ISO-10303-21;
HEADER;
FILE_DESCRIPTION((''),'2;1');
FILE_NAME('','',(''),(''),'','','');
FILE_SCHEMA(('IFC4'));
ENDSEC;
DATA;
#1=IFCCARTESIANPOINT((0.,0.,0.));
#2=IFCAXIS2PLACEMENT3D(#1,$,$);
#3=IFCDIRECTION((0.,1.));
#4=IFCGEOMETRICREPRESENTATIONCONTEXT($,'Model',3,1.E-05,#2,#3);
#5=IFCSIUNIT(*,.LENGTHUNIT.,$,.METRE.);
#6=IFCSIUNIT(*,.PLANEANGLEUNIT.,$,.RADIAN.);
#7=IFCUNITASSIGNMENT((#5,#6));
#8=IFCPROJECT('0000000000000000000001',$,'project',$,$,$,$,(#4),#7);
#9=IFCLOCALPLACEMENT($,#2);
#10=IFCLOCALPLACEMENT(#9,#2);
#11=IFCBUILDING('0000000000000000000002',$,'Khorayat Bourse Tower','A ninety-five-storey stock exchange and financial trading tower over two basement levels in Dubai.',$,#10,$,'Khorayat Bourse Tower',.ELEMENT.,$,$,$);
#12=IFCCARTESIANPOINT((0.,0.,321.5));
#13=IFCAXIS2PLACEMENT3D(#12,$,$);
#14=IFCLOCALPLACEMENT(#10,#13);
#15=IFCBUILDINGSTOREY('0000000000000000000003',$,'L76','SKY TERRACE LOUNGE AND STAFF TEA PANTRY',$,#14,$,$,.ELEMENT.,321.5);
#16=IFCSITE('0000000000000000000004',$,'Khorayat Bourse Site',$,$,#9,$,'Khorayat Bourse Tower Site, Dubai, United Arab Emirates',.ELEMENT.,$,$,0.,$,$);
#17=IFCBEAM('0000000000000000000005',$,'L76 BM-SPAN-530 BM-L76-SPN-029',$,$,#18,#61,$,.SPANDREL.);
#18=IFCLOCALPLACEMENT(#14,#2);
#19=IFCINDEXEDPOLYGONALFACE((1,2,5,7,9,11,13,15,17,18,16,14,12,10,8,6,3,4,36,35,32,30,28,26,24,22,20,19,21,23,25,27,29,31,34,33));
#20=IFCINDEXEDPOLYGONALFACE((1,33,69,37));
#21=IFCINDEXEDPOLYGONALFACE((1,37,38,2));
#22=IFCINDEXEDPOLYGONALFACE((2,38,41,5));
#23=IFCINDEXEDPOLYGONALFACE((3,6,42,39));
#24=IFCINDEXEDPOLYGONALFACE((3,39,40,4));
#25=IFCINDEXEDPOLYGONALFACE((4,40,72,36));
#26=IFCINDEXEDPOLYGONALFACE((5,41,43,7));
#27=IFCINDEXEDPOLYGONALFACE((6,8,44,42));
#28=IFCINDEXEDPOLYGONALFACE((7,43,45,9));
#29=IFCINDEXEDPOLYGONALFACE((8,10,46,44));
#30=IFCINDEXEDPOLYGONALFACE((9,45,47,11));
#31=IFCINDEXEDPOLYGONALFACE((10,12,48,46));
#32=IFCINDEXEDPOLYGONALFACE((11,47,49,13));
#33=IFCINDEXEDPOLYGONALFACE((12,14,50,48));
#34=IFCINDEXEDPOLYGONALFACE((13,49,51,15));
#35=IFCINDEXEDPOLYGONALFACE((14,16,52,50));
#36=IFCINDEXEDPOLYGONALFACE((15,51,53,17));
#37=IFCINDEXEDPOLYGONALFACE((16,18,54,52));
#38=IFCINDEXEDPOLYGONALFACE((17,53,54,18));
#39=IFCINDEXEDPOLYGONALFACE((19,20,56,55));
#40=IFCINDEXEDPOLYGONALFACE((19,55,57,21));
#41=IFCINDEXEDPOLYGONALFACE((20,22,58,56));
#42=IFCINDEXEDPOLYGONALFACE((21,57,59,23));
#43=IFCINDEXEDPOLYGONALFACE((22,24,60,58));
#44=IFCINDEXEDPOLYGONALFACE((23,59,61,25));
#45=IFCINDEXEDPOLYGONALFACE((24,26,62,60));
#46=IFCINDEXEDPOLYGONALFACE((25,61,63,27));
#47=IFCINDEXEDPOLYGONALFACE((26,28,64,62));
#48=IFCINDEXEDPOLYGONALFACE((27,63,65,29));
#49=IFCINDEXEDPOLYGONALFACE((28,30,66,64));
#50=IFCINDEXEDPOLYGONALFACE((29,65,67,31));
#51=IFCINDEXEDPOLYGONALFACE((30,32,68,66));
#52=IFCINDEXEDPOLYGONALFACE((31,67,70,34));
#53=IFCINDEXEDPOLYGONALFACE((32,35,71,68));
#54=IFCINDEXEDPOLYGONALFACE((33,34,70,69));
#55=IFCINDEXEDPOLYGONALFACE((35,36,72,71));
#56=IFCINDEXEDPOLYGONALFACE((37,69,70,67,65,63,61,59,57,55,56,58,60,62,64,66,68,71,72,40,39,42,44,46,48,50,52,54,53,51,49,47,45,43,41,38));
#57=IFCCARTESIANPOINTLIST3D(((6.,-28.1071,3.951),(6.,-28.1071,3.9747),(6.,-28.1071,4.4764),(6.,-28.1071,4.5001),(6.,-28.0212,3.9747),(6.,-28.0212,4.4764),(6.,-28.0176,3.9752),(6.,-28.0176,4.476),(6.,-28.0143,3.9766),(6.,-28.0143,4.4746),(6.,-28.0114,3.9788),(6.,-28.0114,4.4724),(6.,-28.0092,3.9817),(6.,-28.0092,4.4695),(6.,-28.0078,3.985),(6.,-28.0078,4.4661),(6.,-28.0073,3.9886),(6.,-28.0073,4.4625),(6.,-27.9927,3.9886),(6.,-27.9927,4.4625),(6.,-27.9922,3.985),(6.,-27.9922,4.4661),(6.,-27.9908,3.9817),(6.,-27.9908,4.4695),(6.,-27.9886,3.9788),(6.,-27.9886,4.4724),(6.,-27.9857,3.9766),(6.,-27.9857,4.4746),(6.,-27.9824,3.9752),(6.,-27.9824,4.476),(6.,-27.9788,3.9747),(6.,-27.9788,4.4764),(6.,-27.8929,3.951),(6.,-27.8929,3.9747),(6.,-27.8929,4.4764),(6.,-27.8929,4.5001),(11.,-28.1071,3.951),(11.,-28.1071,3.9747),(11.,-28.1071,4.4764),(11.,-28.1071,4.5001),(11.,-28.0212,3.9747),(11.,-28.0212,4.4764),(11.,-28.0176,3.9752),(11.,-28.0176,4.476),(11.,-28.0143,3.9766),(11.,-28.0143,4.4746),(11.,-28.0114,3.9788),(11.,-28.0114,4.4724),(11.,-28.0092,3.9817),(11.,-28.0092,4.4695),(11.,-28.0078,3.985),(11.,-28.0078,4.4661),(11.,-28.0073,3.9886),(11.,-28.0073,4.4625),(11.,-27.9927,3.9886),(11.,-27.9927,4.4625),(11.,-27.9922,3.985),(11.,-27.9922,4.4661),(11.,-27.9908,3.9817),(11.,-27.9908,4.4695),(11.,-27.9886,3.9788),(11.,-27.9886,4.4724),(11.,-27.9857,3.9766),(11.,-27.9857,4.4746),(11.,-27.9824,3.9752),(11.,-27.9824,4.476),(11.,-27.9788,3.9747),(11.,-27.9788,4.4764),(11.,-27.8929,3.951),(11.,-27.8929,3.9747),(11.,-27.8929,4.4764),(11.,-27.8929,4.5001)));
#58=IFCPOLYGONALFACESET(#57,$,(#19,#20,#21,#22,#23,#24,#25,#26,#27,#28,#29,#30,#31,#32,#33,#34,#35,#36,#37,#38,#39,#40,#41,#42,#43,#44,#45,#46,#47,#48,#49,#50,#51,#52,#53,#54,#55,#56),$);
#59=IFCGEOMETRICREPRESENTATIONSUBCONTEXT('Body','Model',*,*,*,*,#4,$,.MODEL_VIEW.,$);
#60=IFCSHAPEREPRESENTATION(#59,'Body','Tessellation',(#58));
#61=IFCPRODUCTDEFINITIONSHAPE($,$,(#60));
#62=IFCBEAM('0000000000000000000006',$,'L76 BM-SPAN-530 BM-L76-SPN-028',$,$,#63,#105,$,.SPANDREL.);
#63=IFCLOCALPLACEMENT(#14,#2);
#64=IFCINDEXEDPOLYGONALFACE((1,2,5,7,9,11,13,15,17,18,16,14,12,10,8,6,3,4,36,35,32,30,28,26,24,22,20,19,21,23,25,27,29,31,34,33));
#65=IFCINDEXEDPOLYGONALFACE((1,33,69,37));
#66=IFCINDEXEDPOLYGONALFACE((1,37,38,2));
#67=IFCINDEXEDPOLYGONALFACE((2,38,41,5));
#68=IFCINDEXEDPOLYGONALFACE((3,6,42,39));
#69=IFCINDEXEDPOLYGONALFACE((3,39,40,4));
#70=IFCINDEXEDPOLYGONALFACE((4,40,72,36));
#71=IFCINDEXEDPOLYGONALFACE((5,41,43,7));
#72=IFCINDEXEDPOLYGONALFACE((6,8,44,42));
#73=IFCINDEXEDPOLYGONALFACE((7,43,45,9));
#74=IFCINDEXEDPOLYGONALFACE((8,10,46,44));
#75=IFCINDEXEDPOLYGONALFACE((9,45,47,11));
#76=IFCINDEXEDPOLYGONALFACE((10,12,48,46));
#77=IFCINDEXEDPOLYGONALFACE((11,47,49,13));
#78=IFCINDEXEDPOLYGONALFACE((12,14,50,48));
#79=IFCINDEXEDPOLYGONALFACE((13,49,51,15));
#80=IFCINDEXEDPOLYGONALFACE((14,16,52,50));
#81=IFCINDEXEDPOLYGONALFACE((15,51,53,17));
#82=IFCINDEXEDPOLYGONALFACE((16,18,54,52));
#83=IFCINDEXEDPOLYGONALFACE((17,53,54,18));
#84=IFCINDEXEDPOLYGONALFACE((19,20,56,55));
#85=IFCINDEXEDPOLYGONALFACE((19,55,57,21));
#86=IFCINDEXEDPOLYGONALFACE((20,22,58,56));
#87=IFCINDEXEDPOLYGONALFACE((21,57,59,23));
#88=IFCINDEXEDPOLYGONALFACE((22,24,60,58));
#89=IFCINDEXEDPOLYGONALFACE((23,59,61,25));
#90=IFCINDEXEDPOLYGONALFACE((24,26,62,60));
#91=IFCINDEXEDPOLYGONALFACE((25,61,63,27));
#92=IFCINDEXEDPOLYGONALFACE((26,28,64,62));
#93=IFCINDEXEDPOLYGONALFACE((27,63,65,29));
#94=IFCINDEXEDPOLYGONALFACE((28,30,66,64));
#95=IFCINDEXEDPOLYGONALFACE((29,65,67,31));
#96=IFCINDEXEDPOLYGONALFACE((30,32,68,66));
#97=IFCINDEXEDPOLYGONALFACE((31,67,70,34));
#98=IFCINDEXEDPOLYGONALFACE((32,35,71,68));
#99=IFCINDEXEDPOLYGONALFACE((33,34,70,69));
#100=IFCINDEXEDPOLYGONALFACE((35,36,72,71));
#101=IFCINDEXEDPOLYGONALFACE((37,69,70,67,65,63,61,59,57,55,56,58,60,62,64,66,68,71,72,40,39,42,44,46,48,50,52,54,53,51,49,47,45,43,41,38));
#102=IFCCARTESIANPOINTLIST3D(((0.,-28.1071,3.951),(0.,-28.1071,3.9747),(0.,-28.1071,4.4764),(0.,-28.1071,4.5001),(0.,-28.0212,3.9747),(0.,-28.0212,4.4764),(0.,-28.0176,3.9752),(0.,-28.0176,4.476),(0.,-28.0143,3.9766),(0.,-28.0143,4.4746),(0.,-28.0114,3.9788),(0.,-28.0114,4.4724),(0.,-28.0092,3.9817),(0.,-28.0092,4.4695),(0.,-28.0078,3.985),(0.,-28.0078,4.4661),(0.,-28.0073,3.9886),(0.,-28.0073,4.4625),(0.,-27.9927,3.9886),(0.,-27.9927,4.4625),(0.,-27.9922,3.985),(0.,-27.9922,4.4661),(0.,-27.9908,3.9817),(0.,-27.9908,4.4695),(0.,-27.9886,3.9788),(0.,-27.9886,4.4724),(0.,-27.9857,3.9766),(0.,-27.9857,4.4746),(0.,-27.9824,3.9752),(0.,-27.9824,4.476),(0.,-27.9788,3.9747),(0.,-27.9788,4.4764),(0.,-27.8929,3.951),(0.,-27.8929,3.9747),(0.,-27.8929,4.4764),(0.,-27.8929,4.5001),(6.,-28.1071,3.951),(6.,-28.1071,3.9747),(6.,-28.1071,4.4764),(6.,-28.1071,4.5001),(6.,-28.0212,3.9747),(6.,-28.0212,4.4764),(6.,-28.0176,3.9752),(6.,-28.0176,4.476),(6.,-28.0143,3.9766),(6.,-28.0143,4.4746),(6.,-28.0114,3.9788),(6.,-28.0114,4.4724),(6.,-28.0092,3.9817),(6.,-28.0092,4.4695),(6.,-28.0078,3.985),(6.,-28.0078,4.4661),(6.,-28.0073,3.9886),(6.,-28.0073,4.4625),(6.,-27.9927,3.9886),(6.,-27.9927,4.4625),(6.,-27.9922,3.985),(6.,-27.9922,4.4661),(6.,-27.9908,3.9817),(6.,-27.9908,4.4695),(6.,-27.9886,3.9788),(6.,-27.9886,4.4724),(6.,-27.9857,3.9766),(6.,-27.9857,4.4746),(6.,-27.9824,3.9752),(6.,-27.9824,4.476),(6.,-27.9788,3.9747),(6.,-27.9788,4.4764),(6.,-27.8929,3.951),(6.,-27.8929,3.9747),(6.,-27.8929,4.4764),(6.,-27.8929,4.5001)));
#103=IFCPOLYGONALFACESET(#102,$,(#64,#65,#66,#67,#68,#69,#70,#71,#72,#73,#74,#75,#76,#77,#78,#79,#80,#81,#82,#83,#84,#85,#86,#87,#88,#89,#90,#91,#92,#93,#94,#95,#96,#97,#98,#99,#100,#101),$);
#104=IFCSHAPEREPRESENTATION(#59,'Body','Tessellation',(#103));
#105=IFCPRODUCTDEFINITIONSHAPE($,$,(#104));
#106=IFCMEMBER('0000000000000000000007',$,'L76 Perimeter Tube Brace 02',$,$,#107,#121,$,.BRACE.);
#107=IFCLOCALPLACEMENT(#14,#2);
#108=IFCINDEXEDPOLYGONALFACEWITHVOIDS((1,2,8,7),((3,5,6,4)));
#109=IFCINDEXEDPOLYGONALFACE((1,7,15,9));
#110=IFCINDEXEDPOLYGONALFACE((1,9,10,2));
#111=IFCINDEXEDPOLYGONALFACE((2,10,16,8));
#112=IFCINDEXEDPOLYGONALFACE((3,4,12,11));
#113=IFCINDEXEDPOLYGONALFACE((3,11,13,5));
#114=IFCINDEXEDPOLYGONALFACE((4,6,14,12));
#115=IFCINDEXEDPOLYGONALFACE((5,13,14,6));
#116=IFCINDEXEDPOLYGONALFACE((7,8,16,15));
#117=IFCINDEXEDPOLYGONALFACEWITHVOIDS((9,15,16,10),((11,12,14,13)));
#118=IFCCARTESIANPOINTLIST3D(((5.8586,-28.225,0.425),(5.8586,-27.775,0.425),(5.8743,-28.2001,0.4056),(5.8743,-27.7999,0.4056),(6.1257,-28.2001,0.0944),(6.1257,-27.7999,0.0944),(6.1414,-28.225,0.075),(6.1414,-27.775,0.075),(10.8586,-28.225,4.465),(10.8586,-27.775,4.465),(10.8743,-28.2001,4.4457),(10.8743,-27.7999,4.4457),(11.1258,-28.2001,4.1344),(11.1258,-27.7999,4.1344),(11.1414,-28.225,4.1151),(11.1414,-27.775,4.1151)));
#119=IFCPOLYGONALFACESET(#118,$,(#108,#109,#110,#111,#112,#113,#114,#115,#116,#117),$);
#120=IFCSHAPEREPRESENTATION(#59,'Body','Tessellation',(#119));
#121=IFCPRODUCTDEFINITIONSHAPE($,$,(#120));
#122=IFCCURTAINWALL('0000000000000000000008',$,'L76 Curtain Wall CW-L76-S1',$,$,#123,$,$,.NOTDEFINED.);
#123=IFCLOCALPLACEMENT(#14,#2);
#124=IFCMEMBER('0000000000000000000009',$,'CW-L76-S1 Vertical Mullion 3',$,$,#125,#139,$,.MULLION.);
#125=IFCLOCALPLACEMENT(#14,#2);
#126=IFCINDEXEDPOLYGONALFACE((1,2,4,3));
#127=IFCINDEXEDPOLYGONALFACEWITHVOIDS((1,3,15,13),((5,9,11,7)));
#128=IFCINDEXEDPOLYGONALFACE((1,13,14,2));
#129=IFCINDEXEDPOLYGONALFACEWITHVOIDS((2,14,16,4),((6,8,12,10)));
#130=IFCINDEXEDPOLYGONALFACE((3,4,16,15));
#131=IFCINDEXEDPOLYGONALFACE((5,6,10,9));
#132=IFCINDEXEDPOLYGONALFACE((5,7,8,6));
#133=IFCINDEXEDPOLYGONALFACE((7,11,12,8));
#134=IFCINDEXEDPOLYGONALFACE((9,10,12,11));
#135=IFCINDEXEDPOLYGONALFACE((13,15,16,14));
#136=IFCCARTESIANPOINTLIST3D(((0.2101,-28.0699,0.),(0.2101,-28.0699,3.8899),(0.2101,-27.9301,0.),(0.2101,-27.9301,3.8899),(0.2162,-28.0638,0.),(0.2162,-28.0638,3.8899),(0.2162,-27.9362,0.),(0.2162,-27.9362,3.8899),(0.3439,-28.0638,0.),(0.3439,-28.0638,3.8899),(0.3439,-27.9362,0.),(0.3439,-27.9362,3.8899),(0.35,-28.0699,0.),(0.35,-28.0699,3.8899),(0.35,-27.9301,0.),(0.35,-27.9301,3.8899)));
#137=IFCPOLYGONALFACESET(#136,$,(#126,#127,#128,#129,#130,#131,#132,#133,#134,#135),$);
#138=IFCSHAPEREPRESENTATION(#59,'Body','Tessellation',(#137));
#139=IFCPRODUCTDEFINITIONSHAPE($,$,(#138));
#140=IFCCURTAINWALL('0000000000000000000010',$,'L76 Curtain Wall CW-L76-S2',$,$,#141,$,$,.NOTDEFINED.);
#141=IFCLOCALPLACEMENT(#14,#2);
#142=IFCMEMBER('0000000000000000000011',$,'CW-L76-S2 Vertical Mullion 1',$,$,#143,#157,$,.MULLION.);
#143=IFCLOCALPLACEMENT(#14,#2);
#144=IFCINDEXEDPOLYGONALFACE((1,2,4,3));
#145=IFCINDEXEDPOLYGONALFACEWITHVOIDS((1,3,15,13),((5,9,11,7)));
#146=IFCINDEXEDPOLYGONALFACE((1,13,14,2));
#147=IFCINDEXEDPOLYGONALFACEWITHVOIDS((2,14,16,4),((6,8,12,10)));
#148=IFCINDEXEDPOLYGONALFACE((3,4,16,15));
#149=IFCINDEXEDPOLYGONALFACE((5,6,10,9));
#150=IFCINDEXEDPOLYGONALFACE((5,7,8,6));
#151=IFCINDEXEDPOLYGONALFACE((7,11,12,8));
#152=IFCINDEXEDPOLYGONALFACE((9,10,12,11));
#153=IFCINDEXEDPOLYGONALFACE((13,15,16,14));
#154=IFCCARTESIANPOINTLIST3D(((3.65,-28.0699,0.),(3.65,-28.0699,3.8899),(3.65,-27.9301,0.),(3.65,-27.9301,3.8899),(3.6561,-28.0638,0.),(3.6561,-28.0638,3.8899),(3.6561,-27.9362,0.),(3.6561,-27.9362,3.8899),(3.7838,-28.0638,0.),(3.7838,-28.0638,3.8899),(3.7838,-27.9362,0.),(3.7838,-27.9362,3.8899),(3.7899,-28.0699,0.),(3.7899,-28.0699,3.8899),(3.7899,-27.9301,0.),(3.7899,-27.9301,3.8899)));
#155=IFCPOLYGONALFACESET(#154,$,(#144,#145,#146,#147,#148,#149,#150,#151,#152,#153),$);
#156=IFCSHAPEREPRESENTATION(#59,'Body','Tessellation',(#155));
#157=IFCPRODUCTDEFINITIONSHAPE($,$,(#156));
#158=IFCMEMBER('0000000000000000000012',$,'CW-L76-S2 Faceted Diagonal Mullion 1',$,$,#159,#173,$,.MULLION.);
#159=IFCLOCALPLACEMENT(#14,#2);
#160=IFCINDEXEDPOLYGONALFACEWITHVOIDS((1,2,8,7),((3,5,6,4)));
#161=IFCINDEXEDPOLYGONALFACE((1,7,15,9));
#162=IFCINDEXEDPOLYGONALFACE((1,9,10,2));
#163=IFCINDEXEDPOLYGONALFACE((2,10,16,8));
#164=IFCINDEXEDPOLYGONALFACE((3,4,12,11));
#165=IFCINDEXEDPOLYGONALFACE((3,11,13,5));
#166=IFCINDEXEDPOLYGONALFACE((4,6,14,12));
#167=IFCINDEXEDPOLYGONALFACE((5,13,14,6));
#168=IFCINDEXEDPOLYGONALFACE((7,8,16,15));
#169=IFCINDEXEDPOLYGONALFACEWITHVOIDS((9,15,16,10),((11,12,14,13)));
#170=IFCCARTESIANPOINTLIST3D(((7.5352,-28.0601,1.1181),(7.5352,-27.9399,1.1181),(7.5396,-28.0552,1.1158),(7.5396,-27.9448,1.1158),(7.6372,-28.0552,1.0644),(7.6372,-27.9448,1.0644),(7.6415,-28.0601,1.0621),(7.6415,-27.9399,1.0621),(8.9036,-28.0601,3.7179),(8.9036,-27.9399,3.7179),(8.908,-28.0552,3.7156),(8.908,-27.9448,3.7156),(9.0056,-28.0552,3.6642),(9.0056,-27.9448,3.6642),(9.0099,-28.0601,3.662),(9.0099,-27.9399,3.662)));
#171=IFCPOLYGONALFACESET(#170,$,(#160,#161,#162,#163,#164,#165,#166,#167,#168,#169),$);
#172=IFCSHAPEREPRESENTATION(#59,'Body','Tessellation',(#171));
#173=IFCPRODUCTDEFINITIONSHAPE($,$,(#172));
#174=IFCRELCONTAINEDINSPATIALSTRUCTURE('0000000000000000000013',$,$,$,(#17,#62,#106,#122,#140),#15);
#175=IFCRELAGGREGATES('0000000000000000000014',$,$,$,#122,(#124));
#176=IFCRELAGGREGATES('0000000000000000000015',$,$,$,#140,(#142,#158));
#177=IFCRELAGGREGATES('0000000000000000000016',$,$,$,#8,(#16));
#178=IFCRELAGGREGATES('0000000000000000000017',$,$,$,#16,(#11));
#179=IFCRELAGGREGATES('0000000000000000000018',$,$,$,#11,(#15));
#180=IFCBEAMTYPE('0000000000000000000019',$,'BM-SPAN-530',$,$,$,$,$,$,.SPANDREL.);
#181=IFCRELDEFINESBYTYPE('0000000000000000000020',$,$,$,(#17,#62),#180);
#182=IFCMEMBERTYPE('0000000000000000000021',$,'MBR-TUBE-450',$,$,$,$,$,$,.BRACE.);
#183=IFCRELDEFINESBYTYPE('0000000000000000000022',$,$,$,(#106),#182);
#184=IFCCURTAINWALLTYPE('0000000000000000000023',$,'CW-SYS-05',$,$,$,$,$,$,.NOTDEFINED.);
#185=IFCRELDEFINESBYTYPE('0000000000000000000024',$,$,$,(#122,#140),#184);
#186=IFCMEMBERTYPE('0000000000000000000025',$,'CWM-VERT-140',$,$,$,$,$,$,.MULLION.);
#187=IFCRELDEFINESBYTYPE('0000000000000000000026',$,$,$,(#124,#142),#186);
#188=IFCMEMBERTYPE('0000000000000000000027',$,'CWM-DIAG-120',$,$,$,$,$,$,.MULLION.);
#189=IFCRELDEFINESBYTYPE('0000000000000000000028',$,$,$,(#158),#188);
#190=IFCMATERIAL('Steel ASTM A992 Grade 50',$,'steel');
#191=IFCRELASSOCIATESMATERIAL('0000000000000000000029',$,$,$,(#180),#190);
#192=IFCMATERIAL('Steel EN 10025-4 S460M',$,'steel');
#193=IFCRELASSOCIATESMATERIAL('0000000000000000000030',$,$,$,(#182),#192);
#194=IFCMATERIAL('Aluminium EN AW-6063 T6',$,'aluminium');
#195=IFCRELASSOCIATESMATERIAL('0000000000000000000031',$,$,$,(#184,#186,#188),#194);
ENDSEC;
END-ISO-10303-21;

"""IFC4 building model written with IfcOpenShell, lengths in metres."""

from ifc_helpers import new_model, si_unit, direction, frame, origin, origin_2d, place, context, subcontext, project, spatial, hollow_rectangle, i_section, extrude, source, transform, mapped, material, material_profile, profile_set, type_object, element, aggregate, save


model = new_model("IFC4")

# Units and contexts
model_context = context("Model", 3, precision=1e-05, world=origin(), true_north=direction((0.0, 1.0)))
body_context = subcontext(model_context, "Body", "Model", "MODEL_VIEW")
ifc_project = project(units=[si_unit("LENGTHUNIT", "METRE"), si_unit("PLANEANGLEUNIT", "RADIAN")], contexts=[model_context])

# Site, building, storey
site_placement = place(None, origin())
site = spatial("IfcSite", under=ifc_project, at=site_placement, Name="Khorayat Bourse Site", LongName="Khorayat Bourse Tower Site, Dubai, United Arab Emirates", CompositionType="ELEMENT", RefElevation=0.0)
building_placement = place(site_placement, origin())
building = spatial("IfcBuilding", under=site, at=building_placement, Name="Khorayat Bourse Tower", Description="A ninety-five-storey stock exchange and financial trading tower over two basement levels in Dubai.", LongName="Khorayat Bourse Tower", CompositionType="ELEMENT")
storey_placement = place(building_placement, frame((0.0, 0.0, 321.5)))
storey = spatial("IfcBuildingStorey", under=building, at=storey_placement, Name="L76", Description="SKY TERRACE LOUNGE AND STAFF TEA PANTRY", CompositionType="ELEMENT", Elevation=321.5)

# Shared definitions
ifc_material_1 = material(Name="Steel EN 10025-4 S460M", Category="steel")

# Beams
ifc_material_2 = material(Name="Steel ASTM A992 Grade 50", Category="steel")
ifc_material_profile_1 = material_profile(ifc_material_2, i_section(OverallWidth=0.2141, OverallDepth=0.5491, WebThickness=0.0146, FlangeThickness=0.0237, FilletRadius=0.0139, at=origin_2d()), Name="W530X138")
ifc_profile_set_1 = profile_set([ifc_material_profile_1], Name="Steel ASTM A992 Grade 50")
beam_type_1 = type_object("IfcBeamType", Name="BM-SPAN-530", PredefinedType="SPANDREL", material=ifc_profile_set_1)
shared_shape_1 = source(origin(), body_context, "Body", "SweptSolid", [
    extrude(i_section(OverallWidth=0.2141, OverallDepth=0.5491, WebThickness=0.0146, FlangeThickness=0.0237, FilletRadius=0.0139, at=origin_2d()), origin(), (0.0, 0.0, 1.0), 5.0),
])
beam_1_placement = place(storey_placement, frame((6.0, -28.0, 4.2256), z_axis=(1.0, 0.0, 0.0), x_axis=(0.0, 1.0, 0.0)))
element("IfcBeam", 1, at=beam_1_placement, inside=storey, type_object=beam_type_1, Name="L76 BM-SPAN-530 BM-L76-SPN-029", PredefinedType="SPANDREL", context=body_context, shape_type="MappedRepresentation", body=[
    mapped(shared_shape_1, transform((0.0, 0.0, 0.0), scale=1.0)),
])
shared_shape_2 = source(origin(), body_context, "Body", "SweptSolid", [
    extrude(i_section(OverallWidth=0.2141, OverallDepth=0.5491, WebThickness=0.0146, FlangeThickness=0.0237, FilletRadius=0.0139, at=origin_2d()), origin(), (0.0, 0.0, 1.0), 6.0),
])
beam_2_placement = place(storey_placement, frame((0.0, -28.0, 4.2256), z_axis=(1.0, 0.0, 0.0), x_axis=(0.0, 1.0, 0.0)))
element("IfcBeam", 2, at=beam_2_placement, inside=storey, type_object=beam_type_1, Name="L76 BM-SPAN-530 BM-L76-SPN-028", PredefinedType="SPANDREL", context=body_context, shape_type="MappedRepresentation", body=[
    mapped(shared_shape_2, transform((0.0, 0.0, 0.0), scale=1.0)),
])

# Member
ifc_material_profile_2 = material_profile(ifc_material_1, hollow_rectangle(XDim=0.45, YDim=0.45, WallThickness=0.0249, at=origin_2d()), Name="HSS 450x450x25")
ifc_profile_set_2 = profile_set([ifc_material_profile_2], Name="Steel EN 10025-4 S460M")
member_type_1 = type_object("IfcMemberType", Name="MBR-TUBE-450", PredefinedType="BRACE", material=ifc_profile_set_2)
shared_shape_3 = source(origin(), body_context, "Body", "SweptSolid", [
    extrude(hollow_rectangle(XDim=0.45, YDim=0.45, WallThickness=0.0249, at=origin_2d()), origin(), (0.0, 0.0, 1.0), 6.4282),
])
member_1_placement = place(storey_placement, frame((6.0, -28.0, 0.25), z_axis=(0.777821, 0.0, 0.628486), x_axis=(0.0, 1.0, 0.0)))
element("IfcMember", 3, at=member_1_placement, inside=storey, type_object=member_type_1, Name="L76 Perimeter Tube Brace 02", PredefinedType="BRACE", context=body_context, shape_type="MappedRepresentation", body=[
    mapped(shared_shape_3, transform((0.0, 0.0, 0.0), scale=1.0)),
])

# Curtain wall, member
ifc_material_3 = material(Name="Aluminium EN AW-6063 T6", Category="aluminium")
curtain_wall_type = type_object("IfcCurtainWallType", Name="CW-SYS-05", PredefinedType="NOTDEFINED", material=ifc_material_3)
curtain_wall_1_placement = place(storey_placement, origin())
curtain_wall_1 = element("IfcCurtainWall", 4, at=curtain_wall_1_placement, inside=storey, type_object=curtain_wall_type, Name="L76 Curtain Wall CW-L76-S1", PredefinedType="NOTDEFINED")
ifc_material_profile_3 = material_profile(ifc_material_3, hollow_rectangle(XDim=0.1399, YDim=0.1399, WallThickness=0.0061, at=origin_2d()), Name="ALU 140x140x6")
ifc_profile_set_3 = profile_set([ifc_material_profile_3], Name="Aluminium EN AW-6063 T6")
member_type_2 = type_object("IfcMemberType", Name="CWM-VERT-140", PredefinedType="MULLION", material=ifc_profile_set_3)
shared_shape_4 = source(origin(), body_context, "Body", "SweptSolid", [
    extrude(hollow_rectangle(XDim=0.1399, YDim=0.1399, WallThickness=0.0061, at=origin_2d()), origin(), (0.0, 0.0, 1.0), 3.8899),
])
member_2_placement = place(storey_placement, frame((0.28, -28.0, 0.0), z_axis=(0.0, 0.0, 1.0), x_axis=(0.0, 1.0, 0.0)))
member_2 = element("IfcMember", 5, at=member_2_placement, type_object=member_type_2, Name="CW-L76-S1 Vertical Mullion 3", PredefinedType="MULLION", context=body_context, shape_type="MappedRepresentation", body=[
    mapped(shared_shape_4, transform((0.0, 0.0, 0.0), scale=1.0)),
])
aggregate(curtain_wall_1, [member_2])

# Curtain wall, members
curtain_wall_2_placement = place(storey_placement, origin())
curtain_wall_2 = element("IfcCurtainWall", 6, at=curtain_wall_2_placement, inside=storey, type_object=curtain_wall_type, Name="L76 Curtain Wall CW-L76-S2", PredefinedType="NOTDEFINED")
member_3_placement = place(storey_placement, frame((3.72, -28.0, 0.0), z_axis=(0.0, 0.0, 1.0), x_axis=(0.0, 1.0, 0.0)))
member_3 = element("IfcMember", 7, at=member_3_placement, type_object=member_type_2, Name="CW-L76-S2 Vertical Mullion 1", PredefinedType="MULLION", context=body_context, shape_type="MappedRepresentation", body=[
    mapped(shared_shape_4, transform((0.0, 0.0, 0.0), scale=1.0)),
])
ifc_material_profile_4 = material_profile(ifc_material_3, hollow_rectangle(XDim=0.1201, YDim=0.1201, WallThickness=0.0049, at=origin_2d()), Name="ALU 120x120x5")
ifc_profile_set_4 = profile_set([ifc_material_profile_4], Name="Aluminium EN AW-6063 T6")
member_type_3 = type_object("IfcMemberType", Name="CWM-DIAG-120", PredefinedType="MULLION", material=ifc_profile_set_4)
shared_shape_5 = source(origin(), body_context, "Body", "SweptSolid", [
    extrude(hollow_rectangle(XDim=0.1201, YDim=0.1201, WallThickness=0.0049, at=origin_2d()), origin(), (0.0, 0.0, 1.0), 2.938),
])
member_4_placement = place(storey_placement, frame((7.5884, -28.0, 1.0901), z_axis=(0.465764, 0.0, 0.884909), x_axis=(0.0, 1.0, 0.0)))
member_4 = element("IfcMember", 8, at=member_4_placement, type_object=member_type_3, Name="CW-L76-S2 Faceted Diagonal Mullion 1", PredefinedType="MULLION", context=body_context, shape_type="MappedRepresentation", body=[
    mapped(shared_shape_5, transform((0.0, 0.0, 0.0), scale=1.0)),
])

aggregate(curtain_wall_2, [member_3, member_4])

save(model, "model.ifc")
